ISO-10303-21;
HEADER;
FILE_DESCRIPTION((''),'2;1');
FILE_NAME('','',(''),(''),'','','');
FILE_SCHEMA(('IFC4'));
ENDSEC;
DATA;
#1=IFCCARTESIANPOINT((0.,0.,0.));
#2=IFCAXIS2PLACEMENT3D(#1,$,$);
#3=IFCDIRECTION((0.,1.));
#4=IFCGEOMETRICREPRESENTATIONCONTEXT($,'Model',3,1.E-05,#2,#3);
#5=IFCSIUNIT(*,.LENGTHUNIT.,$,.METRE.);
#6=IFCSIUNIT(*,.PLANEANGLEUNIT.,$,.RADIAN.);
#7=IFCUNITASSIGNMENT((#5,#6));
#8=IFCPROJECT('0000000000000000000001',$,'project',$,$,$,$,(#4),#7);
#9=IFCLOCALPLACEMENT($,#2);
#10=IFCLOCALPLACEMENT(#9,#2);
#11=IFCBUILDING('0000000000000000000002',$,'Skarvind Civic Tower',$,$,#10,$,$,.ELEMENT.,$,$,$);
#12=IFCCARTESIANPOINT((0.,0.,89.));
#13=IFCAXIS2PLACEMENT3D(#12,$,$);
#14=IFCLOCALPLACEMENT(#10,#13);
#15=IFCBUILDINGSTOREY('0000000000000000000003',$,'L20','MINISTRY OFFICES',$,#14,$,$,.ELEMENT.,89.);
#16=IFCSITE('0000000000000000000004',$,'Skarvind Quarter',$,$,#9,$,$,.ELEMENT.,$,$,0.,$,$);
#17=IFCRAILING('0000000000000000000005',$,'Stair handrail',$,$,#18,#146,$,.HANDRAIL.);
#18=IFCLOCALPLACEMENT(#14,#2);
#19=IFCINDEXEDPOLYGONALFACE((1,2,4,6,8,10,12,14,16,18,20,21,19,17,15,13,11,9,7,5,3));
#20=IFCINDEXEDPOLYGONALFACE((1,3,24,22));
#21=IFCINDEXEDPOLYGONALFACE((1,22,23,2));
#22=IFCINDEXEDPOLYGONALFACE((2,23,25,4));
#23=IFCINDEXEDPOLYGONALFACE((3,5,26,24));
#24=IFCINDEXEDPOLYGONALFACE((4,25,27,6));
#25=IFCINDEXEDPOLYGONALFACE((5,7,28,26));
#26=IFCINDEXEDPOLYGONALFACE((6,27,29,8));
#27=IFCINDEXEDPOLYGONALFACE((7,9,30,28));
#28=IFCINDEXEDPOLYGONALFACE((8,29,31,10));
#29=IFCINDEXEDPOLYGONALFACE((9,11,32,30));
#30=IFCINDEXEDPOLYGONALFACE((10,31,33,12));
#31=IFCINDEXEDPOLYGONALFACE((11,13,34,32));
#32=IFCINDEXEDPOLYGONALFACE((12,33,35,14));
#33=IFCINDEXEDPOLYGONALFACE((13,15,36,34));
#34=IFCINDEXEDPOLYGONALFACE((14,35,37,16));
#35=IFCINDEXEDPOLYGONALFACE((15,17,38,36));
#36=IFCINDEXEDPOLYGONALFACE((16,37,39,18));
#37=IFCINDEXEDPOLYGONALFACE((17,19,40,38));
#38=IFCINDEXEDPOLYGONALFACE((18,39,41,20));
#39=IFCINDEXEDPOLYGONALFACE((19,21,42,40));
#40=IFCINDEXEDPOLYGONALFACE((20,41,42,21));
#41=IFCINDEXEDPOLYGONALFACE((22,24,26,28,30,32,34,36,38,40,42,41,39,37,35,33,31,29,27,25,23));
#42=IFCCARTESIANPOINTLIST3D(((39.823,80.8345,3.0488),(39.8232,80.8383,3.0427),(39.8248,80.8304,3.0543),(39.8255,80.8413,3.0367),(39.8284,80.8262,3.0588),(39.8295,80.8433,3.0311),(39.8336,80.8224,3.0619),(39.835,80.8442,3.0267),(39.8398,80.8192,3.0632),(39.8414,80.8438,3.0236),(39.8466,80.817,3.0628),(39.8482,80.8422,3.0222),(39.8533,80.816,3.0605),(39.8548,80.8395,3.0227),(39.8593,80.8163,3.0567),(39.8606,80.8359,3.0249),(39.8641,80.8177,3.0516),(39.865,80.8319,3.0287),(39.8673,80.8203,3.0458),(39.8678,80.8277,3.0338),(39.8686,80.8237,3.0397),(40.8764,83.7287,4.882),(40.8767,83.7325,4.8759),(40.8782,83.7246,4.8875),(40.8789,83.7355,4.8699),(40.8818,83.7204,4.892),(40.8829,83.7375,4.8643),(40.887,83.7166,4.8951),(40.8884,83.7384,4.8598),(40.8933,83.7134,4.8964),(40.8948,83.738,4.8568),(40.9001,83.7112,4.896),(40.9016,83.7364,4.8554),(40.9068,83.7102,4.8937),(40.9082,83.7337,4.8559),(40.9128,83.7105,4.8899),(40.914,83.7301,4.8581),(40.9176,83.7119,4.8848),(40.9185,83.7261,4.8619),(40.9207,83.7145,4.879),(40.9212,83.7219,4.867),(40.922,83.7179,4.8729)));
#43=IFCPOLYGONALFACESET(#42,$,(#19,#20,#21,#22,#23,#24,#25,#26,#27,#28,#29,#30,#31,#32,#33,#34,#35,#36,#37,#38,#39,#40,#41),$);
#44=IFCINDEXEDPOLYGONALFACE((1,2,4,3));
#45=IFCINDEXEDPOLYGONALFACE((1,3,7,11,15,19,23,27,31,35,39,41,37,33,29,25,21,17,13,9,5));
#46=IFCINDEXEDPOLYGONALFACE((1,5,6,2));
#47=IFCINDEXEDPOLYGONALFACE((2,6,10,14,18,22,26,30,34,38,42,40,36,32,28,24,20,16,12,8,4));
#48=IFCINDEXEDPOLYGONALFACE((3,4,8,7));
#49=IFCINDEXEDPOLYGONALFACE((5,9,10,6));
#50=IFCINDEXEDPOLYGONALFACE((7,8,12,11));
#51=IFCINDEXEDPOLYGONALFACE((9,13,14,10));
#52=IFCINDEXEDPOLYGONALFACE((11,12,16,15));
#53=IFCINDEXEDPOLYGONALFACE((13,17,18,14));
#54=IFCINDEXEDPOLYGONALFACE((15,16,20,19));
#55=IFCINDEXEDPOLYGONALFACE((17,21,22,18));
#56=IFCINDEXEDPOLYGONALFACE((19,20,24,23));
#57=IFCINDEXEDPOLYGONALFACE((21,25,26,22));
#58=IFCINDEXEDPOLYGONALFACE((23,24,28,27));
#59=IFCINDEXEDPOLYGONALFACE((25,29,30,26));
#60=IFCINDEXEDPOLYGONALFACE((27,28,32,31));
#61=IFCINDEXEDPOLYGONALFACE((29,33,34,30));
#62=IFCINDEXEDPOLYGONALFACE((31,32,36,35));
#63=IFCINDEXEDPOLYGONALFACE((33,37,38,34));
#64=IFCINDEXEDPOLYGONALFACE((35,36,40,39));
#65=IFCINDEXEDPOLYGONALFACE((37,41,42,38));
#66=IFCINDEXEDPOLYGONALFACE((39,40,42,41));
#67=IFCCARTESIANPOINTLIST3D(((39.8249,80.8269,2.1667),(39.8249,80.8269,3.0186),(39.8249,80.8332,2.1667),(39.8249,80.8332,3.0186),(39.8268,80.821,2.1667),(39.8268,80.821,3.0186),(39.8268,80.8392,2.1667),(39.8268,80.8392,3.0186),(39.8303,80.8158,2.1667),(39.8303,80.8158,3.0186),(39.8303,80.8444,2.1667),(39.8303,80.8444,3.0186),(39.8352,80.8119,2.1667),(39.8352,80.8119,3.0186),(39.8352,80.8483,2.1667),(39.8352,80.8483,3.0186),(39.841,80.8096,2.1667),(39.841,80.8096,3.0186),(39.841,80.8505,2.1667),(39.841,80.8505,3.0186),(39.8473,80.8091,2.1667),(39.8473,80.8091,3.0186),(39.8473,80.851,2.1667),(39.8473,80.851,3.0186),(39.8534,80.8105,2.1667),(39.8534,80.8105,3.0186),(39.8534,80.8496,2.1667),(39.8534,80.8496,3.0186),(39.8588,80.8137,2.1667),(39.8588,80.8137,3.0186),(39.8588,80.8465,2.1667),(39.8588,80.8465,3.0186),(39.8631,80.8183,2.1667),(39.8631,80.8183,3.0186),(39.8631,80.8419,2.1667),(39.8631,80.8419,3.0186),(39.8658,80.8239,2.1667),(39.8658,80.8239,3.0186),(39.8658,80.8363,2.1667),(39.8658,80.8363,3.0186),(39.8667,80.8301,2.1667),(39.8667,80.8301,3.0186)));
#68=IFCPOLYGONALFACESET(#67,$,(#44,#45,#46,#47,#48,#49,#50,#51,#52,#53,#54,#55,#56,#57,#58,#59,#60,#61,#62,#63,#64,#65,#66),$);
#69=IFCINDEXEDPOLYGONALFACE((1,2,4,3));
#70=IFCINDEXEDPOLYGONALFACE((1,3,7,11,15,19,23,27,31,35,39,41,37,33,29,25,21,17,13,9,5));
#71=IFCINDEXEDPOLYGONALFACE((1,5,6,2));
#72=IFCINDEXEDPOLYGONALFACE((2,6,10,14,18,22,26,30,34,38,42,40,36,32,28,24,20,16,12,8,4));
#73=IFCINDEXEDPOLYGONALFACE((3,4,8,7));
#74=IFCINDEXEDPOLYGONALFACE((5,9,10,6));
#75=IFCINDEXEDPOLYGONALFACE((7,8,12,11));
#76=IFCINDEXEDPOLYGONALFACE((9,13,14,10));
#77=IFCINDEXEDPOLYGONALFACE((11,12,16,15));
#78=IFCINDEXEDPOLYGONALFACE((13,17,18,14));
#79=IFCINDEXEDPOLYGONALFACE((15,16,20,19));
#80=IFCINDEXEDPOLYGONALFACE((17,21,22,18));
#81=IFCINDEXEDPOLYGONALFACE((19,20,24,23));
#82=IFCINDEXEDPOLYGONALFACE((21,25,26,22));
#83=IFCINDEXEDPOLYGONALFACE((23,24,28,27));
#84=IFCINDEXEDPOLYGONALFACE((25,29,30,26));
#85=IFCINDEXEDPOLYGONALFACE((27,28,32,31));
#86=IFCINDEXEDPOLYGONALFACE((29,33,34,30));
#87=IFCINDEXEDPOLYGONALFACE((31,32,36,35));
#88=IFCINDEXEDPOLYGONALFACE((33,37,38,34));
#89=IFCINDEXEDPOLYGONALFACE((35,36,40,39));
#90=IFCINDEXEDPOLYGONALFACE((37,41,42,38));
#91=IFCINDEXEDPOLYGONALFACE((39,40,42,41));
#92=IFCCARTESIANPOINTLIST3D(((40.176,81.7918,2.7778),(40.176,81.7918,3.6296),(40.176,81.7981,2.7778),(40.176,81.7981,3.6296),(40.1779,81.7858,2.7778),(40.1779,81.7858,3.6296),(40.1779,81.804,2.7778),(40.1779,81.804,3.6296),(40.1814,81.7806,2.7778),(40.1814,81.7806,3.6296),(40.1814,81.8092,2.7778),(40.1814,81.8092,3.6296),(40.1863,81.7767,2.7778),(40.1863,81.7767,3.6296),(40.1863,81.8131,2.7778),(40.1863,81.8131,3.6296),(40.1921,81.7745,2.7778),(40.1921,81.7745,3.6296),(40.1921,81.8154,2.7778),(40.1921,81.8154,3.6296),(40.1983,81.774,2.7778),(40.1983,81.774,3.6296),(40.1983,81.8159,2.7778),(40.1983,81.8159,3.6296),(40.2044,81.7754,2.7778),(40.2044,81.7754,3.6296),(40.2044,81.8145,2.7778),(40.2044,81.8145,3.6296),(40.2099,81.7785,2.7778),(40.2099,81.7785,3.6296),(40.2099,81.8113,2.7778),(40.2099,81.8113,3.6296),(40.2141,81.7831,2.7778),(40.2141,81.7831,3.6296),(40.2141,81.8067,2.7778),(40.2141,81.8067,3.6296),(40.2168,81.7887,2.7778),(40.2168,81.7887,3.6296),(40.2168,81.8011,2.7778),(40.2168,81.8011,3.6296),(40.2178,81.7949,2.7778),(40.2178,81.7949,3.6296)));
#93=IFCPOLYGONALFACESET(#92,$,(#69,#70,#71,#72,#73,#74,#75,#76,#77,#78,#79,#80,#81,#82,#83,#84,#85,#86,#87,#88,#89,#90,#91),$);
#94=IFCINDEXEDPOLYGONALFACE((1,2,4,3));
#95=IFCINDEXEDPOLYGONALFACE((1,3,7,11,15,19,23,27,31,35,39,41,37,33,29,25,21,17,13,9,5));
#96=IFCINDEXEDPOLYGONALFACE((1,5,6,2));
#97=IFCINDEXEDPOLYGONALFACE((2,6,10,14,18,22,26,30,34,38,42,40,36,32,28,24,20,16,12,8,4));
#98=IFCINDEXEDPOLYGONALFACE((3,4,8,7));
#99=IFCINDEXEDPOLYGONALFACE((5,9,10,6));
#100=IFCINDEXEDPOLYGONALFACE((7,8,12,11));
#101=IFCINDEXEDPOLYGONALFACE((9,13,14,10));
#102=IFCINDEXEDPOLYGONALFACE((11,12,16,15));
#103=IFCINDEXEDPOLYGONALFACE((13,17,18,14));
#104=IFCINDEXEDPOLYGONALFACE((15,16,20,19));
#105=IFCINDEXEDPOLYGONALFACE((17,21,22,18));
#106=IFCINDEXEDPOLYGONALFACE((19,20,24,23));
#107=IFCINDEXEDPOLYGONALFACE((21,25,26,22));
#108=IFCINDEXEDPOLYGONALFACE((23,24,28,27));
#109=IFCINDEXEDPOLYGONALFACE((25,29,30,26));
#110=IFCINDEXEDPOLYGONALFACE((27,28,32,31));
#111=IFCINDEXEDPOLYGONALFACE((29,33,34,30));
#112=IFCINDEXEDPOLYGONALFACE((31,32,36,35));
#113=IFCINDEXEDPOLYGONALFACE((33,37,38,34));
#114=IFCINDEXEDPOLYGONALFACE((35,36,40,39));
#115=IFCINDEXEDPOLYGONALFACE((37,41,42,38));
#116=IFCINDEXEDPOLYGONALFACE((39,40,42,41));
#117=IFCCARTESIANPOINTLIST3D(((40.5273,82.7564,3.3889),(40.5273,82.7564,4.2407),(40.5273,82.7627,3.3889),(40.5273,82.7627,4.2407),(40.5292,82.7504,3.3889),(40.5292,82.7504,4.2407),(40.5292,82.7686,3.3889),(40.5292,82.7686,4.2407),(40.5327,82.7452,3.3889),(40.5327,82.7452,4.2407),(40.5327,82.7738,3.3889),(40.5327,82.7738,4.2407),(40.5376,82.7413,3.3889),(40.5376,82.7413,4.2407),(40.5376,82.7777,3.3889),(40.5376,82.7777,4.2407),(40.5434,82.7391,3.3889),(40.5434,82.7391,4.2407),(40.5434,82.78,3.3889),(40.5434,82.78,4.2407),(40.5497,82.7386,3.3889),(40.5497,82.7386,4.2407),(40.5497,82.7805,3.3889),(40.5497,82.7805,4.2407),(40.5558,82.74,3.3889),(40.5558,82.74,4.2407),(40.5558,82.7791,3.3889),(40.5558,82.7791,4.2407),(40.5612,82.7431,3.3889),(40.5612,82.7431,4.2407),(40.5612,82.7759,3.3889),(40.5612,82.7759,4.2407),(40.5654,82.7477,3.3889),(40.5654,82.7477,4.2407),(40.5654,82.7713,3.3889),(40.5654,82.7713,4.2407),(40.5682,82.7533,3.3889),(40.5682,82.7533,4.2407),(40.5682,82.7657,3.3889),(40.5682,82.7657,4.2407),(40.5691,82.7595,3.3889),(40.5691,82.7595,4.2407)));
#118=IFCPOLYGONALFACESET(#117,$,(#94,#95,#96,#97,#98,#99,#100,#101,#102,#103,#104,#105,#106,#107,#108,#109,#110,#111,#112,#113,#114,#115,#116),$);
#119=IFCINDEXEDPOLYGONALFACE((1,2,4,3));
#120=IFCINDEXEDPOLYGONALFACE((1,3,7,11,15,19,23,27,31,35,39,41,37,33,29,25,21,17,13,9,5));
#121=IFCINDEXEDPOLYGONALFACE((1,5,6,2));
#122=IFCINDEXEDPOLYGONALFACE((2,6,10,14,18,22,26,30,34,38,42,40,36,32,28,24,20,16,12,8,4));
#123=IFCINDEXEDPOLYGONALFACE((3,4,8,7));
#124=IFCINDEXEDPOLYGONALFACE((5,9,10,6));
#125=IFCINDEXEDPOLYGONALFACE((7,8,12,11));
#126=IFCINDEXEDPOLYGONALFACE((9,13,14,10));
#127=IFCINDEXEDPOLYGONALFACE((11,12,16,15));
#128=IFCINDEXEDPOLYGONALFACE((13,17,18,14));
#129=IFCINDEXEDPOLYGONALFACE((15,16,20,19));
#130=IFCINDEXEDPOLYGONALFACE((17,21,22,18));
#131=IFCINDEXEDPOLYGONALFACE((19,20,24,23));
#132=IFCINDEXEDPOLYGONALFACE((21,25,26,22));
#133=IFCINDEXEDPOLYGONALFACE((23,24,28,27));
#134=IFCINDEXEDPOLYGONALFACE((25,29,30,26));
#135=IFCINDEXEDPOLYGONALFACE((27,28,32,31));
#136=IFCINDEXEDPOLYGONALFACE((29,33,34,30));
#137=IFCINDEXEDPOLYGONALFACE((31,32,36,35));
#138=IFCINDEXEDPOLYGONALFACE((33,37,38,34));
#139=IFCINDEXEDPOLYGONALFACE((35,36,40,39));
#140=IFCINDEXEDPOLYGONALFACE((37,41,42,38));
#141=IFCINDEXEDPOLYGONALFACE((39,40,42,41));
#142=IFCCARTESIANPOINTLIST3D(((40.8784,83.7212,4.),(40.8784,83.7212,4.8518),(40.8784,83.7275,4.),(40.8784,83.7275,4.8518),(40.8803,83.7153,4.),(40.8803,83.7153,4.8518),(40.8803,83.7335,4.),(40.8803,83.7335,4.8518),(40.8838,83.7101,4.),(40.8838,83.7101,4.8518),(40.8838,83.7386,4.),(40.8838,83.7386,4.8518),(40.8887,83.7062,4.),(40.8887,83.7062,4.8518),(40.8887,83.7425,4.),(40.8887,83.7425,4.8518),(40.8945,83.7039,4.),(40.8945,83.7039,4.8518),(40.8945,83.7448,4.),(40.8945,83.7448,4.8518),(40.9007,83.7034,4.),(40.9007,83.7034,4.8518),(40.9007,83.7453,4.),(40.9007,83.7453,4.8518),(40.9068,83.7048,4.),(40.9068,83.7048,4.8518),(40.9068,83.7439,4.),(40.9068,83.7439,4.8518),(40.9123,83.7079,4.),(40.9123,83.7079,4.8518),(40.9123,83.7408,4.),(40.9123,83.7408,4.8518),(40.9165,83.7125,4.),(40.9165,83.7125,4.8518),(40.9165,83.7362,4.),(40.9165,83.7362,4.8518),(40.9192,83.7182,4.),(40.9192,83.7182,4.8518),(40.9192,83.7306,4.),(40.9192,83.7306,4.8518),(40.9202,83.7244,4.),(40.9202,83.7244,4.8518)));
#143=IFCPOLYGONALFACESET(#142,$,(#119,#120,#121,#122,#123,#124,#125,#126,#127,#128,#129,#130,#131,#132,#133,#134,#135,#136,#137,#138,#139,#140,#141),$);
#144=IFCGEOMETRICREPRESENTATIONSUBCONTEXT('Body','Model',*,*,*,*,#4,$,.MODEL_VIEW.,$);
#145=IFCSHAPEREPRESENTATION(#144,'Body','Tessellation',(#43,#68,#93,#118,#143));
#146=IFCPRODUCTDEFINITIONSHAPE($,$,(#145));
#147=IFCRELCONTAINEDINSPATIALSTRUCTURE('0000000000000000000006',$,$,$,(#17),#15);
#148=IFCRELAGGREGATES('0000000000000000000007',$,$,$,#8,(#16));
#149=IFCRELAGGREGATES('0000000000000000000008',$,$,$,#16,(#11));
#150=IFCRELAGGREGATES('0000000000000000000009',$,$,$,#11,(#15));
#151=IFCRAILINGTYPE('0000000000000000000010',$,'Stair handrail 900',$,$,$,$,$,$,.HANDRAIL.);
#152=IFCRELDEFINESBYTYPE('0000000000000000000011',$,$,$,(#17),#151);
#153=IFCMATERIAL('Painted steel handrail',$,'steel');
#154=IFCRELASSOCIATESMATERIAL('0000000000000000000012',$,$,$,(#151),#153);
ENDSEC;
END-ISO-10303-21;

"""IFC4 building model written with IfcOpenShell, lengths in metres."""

from ifc_helpers import new_model, si_unit, direction, frame, origin, origin_2d, place, context, subcontext, project, spatial, circle, extrude, material, type_object, element, save


model = new_model("IFC4")

# Units and contexts
model_context = context("Model", 3, precision=1e-05, world=origin(), true_north=direction((0.0, 1.0)))
body_context = subcontext(model_context, "Body", "Model", "MODEL_VIEW")
ifc_project = project(units=[si_unit("LENGTHUNIT", "METRE"), si_unit("PLANEANGLEUNIT", "RADIAN")], contexts=[model_context])

# Site, building, storey
site_placement = place(None, origin())
site = spatial("IfcSite", under=ifc_project, at=site_placement, Name="Skarvind Quarter", CompositionType="ELEMENT", RefElevation=0.0)
building_placement = place(site_placement, origin())
building = spatial("IfcBuilding", under=site, at=building_placement, Name="Skarvind Civic Tower", CompositionType="ELEMENT")
storey_placement = place(building_placement, frame((0.0, 0.0, 89.0)))
storey = spatial("IfcBuildingStorey", under=building, at=storey_placement, Name="L20", Description="MINISTRY OFFICES", CompositionType="ELEMENT", Elevation=89.0)

# Railing
ifc_material_1 = material(Name="Painted steel handrail", Category="steel")
railing_type = type_object("IfcRailingType", Name="Stair handrail 900", PredefinedType="HANDRAIL", material=ifc_material_1)
railing_1_placement = place(storey_placement, frame((39.8457, 80.8301, 2.1667)))
element("IfcRailing", 1, at=railing_1_placement, inside=storey, type_object=railing_type, Name="Stair handrail", PredefinedType="HANDRAIL", context=body_context, shape_type="SweptSolid", body=[
    extrude(circle(Radius=0.0239, at=origin_2d()), frame((0.0, 0.0, 0.876), z_axis=(0.293908, 0.807481, 0.511461), x_axis=(-0.939689, 0.342029, 0.0)), (0.0, 0.0, 1.0), 3.5842),
    extrude(circle(Radius=0.021, at=origin_2d()), origin(), (0.0, 0.0, 1.0), 0.8518),
    extrude(circle(Radius=0.021, at=origin_2d()), frame((0.3511, 0.9648, 0.6111)), (0.0, 0.0, 1.0), 0.8518),
    extrude(circle(Radius=0.021, at=origin_2d()), frame((0.7024, 1.9294, 1.2222)), (0.0, 0.0, 1.0), 0.8518),
    extrude(circle(Radius=0.021, at=origin_2d()), frame((1.0535, 2.8943, 1.8333)), (0.0, 0.0, 1.0), 0.8518),
])

save(model, "model.ifc")
